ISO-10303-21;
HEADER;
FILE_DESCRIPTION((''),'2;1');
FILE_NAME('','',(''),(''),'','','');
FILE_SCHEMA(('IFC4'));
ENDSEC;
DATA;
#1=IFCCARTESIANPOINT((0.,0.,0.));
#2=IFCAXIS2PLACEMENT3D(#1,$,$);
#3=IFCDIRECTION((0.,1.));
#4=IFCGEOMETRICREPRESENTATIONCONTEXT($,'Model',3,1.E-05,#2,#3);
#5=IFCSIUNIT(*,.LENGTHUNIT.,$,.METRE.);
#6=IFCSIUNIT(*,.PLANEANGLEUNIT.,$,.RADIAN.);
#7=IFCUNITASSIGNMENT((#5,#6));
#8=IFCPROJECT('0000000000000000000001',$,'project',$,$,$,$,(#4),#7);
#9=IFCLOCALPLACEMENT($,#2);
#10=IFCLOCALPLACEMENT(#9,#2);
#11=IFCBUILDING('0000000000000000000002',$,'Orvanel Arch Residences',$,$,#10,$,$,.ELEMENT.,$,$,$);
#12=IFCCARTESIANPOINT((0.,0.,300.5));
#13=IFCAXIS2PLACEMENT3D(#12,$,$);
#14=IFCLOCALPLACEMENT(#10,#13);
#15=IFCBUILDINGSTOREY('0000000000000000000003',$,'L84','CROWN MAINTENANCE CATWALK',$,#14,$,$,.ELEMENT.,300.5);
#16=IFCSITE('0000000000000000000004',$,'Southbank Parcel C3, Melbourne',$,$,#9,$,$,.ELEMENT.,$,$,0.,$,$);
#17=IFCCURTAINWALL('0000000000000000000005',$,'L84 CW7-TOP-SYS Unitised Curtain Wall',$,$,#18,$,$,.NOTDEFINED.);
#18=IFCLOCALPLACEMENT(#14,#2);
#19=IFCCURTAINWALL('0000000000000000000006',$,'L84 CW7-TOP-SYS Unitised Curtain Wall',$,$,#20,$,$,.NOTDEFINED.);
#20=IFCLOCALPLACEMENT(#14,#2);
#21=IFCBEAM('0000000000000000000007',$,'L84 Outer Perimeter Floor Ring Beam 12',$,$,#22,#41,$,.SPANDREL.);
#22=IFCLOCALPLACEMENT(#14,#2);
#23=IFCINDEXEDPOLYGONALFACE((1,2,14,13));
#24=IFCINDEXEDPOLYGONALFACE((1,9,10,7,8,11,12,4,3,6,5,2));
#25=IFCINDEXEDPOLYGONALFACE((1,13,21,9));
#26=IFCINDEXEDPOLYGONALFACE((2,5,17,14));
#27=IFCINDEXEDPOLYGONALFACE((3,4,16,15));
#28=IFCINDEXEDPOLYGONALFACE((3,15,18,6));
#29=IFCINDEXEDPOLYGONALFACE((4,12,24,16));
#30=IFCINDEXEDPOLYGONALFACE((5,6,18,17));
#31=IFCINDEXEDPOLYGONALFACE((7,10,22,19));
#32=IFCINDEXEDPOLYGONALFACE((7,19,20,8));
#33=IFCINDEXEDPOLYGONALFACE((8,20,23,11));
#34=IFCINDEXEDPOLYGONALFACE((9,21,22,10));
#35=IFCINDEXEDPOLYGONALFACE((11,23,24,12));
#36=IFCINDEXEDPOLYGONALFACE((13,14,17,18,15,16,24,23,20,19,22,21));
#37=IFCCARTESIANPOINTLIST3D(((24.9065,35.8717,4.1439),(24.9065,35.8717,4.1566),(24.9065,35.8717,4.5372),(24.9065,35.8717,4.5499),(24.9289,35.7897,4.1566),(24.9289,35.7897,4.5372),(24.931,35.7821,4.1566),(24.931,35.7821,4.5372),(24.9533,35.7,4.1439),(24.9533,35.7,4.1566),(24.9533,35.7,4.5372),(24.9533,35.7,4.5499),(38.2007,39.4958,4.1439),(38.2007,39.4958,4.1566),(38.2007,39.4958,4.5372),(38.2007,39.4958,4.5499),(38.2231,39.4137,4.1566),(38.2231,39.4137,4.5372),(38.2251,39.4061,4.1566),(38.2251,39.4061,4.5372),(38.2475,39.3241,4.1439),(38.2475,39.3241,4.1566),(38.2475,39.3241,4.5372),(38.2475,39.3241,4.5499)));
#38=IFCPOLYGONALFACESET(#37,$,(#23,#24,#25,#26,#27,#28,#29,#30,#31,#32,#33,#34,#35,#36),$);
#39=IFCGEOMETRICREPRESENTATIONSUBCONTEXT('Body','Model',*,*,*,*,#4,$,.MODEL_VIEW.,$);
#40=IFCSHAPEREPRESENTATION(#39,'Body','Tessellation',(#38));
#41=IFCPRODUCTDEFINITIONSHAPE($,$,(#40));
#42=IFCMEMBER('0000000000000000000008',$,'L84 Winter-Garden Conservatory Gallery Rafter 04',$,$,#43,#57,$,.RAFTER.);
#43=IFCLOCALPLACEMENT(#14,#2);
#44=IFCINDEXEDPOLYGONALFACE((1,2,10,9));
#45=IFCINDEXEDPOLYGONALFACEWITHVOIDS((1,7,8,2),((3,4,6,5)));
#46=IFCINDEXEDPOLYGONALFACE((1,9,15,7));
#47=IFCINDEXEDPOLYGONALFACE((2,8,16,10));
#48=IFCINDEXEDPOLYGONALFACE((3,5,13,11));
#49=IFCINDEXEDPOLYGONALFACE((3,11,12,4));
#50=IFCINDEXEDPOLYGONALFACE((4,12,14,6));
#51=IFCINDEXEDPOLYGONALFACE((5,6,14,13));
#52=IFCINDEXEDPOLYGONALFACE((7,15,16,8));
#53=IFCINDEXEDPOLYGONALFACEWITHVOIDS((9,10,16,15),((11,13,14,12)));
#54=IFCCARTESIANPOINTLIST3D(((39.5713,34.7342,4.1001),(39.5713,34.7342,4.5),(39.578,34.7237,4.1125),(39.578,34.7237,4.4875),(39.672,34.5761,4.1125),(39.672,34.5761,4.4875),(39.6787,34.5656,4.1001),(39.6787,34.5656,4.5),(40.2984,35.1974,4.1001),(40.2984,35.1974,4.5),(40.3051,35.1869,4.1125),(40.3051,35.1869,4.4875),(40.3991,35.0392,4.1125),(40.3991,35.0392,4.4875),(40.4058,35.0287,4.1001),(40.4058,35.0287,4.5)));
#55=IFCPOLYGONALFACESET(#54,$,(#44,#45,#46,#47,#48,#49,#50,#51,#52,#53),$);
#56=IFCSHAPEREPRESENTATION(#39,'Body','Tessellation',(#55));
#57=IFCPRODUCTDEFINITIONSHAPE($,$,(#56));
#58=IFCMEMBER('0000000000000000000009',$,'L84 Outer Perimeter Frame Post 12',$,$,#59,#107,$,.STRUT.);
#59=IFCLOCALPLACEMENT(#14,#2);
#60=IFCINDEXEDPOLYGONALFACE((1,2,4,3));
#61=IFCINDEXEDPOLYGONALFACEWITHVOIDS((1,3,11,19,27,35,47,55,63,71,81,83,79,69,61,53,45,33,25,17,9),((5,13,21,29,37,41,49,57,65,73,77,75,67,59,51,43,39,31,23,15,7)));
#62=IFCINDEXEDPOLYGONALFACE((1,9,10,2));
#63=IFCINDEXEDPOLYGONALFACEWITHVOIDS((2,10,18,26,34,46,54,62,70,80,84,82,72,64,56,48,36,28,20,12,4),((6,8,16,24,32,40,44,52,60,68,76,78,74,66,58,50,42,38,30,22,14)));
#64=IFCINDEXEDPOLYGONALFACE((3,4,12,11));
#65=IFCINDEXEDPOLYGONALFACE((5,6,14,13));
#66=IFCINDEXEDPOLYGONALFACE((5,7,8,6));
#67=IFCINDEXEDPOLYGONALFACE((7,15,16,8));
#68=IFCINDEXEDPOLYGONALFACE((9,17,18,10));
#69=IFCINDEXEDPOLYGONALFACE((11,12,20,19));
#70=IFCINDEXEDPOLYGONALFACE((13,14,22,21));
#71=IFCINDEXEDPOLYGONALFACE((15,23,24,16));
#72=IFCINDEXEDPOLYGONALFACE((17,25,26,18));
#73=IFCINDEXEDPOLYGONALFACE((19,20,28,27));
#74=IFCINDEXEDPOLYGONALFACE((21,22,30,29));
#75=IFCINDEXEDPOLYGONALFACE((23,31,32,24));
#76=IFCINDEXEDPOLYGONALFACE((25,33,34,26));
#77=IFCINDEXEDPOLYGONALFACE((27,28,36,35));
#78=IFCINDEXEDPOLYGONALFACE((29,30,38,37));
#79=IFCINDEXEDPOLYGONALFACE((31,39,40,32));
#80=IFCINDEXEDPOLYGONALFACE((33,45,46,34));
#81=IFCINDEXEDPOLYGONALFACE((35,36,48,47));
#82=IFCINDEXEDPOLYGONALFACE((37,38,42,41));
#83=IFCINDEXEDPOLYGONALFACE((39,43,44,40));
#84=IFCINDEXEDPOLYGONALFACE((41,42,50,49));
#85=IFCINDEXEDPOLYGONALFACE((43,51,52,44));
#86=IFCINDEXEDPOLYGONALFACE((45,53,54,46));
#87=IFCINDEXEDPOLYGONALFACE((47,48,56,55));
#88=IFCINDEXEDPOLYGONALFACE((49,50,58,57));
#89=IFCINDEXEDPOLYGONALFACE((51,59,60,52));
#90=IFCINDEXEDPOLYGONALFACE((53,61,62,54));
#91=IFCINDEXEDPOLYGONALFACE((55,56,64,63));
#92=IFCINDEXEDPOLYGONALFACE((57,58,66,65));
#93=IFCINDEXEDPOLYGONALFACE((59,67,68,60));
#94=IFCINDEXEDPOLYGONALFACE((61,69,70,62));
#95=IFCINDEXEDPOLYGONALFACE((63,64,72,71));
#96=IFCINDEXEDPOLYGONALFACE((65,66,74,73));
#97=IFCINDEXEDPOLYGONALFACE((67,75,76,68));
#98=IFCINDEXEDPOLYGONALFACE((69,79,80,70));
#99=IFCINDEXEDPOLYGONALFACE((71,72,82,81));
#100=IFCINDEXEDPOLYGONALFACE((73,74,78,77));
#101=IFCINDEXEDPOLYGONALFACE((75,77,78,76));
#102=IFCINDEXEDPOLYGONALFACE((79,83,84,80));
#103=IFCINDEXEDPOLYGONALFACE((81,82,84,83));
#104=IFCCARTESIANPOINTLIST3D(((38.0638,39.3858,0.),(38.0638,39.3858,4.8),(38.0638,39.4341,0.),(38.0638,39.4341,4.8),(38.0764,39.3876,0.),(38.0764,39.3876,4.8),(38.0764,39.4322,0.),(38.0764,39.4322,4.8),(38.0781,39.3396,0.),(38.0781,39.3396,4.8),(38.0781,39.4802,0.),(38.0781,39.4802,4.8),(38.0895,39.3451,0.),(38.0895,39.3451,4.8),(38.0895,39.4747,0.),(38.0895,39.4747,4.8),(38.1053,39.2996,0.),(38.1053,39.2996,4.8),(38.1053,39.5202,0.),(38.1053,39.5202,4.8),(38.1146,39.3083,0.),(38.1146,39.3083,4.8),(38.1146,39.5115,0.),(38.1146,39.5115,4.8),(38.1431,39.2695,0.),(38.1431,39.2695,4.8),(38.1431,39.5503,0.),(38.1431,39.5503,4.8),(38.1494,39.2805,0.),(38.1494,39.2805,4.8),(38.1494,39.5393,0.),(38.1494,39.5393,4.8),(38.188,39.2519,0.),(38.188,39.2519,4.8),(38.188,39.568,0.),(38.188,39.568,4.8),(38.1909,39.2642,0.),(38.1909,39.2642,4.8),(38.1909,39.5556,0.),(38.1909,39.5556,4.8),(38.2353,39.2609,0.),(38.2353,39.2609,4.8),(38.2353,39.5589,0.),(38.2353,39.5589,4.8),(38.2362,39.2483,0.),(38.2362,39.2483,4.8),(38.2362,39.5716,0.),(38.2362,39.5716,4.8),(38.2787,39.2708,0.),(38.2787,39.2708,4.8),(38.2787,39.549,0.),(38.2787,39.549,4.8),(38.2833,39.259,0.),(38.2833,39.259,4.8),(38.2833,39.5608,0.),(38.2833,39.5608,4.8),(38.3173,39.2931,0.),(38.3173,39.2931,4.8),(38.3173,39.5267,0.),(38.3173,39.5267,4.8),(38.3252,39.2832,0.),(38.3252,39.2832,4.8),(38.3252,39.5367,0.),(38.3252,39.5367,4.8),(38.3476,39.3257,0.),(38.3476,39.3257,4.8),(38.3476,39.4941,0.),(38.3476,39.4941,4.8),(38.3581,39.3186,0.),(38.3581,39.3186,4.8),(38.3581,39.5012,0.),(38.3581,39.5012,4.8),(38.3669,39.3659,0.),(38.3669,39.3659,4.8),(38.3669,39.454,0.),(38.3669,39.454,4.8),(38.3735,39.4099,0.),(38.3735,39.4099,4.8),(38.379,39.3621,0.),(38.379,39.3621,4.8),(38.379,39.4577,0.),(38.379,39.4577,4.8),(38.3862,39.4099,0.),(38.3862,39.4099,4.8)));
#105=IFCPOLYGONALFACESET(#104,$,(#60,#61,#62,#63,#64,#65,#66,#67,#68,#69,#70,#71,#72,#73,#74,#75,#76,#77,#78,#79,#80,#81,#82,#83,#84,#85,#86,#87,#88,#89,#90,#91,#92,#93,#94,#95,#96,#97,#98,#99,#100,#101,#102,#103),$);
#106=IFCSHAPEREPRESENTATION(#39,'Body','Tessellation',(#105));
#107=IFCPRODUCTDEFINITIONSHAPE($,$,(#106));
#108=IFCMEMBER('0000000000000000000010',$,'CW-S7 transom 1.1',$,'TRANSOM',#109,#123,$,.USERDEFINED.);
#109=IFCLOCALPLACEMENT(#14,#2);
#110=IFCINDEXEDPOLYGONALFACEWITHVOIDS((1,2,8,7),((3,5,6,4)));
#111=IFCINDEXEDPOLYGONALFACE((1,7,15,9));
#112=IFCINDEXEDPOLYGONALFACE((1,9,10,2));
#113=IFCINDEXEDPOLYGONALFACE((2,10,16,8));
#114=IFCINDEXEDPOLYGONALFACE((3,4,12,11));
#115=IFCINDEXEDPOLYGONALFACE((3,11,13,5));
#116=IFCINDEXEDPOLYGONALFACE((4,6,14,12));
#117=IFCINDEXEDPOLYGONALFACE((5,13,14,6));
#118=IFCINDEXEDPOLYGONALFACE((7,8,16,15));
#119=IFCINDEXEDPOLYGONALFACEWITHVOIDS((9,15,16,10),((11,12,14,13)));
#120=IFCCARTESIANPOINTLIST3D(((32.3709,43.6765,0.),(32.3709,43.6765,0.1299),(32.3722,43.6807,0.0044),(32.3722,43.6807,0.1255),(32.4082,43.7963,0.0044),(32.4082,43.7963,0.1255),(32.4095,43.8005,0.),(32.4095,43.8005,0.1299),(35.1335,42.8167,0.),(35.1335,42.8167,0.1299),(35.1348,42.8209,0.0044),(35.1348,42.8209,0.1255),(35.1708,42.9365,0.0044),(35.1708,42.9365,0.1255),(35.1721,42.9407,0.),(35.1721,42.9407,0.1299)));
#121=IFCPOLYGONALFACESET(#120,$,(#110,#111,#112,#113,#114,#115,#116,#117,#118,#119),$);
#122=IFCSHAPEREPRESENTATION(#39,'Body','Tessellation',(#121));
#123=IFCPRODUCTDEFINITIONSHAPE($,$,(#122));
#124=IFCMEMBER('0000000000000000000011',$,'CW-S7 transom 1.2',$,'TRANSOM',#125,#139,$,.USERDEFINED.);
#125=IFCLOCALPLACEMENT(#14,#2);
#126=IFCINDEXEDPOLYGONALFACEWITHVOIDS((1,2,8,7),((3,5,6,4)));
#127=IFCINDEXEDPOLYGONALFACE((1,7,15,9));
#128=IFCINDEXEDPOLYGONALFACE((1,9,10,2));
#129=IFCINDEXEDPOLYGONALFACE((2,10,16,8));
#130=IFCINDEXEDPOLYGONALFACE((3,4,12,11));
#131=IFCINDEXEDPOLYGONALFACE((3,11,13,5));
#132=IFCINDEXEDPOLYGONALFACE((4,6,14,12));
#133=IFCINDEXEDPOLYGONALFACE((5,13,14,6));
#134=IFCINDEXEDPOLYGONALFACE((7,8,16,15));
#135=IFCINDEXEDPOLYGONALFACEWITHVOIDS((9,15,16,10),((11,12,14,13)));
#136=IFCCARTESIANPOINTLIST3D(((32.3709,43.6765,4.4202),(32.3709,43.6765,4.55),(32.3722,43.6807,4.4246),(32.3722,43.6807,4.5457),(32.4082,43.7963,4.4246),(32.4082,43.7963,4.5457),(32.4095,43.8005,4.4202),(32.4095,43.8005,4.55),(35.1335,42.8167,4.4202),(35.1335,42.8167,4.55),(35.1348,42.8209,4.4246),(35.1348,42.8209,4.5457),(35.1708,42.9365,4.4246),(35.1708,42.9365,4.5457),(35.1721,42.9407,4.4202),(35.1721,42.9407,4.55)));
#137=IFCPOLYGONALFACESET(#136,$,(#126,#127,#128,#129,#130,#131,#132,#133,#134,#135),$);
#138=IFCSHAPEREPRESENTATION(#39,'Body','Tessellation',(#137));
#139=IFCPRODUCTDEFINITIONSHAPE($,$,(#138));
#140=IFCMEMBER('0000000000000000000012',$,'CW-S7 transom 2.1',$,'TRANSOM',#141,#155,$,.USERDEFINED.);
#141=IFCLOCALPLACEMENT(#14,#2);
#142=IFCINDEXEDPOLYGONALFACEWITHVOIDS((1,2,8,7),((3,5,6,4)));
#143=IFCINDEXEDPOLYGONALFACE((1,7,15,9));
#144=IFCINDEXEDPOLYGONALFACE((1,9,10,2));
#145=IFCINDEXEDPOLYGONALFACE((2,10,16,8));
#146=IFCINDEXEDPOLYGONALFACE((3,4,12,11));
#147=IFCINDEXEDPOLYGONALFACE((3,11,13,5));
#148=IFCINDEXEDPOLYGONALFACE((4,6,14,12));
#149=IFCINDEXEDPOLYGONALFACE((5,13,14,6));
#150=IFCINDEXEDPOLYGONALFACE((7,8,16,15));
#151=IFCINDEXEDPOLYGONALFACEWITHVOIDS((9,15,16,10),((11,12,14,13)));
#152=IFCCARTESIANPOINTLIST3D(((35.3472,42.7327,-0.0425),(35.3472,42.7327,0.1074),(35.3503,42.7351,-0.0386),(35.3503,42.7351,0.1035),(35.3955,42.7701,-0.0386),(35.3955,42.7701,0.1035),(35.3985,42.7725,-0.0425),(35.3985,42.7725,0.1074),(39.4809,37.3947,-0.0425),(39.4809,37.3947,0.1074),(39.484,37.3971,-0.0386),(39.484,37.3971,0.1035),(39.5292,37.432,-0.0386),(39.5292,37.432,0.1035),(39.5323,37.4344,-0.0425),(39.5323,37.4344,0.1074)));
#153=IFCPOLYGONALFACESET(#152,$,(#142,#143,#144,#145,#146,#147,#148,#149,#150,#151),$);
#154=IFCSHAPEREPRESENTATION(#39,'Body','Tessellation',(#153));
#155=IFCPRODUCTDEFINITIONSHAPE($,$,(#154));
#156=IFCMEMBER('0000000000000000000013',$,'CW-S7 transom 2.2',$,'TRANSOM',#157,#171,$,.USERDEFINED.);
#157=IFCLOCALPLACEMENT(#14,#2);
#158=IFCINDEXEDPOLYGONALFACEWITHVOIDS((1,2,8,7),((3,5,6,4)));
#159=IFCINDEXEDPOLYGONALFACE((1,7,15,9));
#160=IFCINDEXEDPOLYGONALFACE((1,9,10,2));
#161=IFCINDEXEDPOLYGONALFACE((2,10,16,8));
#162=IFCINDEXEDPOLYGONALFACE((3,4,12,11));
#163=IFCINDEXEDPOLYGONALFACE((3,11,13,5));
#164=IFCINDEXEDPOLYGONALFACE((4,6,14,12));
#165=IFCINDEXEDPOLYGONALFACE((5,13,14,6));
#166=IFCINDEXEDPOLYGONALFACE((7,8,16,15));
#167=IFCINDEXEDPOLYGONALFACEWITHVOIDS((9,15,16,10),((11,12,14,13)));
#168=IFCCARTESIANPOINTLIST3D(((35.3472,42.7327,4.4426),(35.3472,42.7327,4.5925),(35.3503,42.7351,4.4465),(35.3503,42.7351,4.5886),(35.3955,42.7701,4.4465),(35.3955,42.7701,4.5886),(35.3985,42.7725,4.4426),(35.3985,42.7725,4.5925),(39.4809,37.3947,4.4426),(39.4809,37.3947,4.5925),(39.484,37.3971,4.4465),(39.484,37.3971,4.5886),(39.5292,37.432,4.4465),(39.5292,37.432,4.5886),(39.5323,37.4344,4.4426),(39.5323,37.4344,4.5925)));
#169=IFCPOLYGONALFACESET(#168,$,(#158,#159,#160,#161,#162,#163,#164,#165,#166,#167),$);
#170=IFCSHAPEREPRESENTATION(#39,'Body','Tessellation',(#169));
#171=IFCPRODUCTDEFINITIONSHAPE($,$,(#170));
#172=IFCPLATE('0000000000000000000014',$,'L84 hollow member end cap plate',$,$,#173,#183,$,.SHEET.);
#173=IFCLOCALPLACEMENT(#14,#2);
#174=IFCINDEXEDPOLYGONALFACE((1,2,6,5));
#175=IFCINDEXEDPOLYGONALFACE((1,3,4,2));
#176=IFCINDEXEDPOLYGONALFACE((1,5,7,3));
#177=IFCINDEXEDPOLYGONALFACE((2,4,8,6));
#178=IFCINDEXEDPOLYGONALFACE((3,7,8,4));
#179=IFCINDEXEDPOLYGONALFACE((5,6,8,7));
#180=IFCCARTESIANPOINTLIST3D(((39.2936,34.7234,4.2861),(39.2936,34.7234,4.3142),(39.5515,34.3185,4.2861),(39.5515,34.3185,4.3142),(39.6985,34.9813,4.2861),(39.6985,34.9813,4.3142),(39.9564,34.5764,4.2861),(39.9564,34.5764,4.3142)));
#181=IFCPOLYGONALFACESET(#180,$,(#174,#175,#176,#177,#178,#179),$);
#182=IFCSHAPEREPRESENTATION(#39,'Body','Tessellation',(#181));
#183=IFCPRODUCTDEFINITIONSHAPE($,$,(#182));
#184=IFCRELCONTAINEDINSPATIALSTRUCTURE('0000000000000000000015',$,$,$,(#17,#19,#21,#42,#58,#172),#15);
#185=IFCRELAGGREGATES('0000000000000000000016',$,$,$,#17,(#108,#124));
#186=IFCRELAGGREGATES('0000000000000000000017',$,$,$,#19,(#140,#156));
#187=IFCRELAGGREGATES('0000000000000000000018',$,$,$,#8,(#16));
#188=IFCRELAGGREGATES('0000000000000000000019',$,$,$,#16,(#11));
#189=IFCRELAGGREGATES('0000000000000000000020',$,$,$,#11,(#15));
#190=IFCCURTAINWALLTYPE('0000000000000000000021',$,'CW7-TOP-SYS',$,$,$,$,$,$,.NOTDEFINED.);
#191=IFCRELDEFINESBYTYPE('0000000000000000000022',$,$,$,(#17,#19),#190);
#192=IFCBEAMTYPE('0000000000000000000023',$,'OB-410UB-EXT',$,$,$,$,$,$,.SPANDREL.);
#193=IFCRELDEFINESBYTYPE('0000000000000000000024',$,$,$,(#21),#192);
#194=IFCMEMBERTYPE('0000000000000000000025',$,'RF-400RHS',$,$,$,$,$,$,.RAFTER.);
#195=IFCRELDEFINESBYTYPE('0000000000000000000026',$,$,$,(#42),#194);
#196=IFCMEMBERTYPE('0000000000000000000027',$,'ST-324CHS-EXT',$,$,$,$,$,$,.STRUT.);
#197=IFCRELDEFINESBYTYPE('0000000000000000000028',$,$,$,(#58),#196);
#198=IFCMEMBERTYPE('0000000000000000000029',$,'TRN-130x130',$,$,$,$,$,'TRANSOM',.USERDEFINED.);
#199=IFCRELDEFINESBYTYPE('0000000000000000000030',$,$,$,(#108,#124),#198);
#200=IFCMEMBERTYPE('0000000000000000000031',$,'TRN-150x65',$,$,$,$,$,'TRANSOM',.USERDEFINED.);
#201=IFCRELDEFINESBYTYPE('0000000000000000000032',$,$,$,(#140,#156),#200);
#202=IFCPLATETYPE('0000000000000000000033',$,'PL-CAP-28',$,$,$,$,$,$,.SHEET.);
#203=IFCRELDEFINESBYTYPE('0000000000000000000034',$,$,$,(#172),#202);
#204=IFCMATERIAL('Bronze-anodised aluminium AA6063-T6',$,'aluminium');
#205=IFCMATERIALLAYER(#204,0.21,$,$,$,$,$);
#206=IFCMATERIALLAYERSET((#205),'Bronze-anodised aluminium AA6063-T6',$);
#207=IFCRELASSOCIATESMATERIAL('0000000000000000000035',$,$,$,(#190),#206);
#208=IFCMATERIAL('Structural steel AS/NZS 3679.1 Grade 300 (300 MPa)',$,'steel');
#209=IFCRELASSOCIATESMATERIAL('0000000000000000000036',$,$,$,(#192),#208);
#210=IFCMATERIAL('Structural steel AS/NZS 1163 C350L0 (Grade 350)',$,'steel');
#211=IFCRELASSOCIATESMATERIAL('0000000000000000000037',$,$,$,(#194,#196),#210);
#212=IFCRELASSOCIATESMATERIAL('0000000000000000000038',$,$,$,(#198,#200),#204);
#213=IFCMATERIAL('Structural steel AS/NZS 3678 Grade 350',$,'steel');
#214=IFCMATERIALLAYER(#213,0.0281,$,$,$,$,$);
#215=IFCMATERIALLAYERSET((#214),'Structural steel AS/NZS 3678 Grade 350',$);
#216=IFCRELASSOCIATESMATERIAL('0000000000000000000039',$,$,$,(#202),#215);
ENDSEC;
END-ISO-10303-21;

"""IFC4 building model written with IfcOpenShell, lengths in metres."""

from ifc_helpers import new_model, si_unit, direction, frame, origin, origin_2d, place, context, subcontext, project, spatial, rectangle, hollow_rectangle, hollow_circle, i_section, extrude, material, layer, layer_set, material_profile, profile_set, type_object, element, aggregate, save


model = new_model("IFC4")

# Units and contexts
model_context = context("Model", 3, precision=1e-05, world=origin(), true_north=direction((0.0, 1.0)))
body_context = subcontext(model_context, "Body", "Model", "MODEL_VIEW")
ifc_project = project(units=[si_unit("LENGTHUNIT", "METRE"), si_unit("PLANEANGLEUNIT", "RADIAN")], contexts=[model_context])

# Site, building, storey
site_placement = place(None, origin())
site = spatial("IfcSite", under=ifc_project, at=site_placement, Name="Southbank Parcel C3, Melbourne", CompositionType="ELEMENT", RefElevation=0.0)
building_placement = place(site_placement, origin())
building = spatial("IfcBuilding", under=site, at=building_placement, Name="Orvanel Arch Residences", CompositionType="ELEMENT")
storey_placement = place(building_placement, frame((0.0, 0.0, 300.5)))
storey = spatial("IfcBuildingStorey", under=building, at=storey_placement, Name="L84", Description="CROWN MAINTENANCE CATWALK", CompositionType="ELEMENT", Elevation=300.5)

# Shared definitions
ifc_material_1 = material(Name="Structural steel AS/NZS 3678 Grade 350", Category="steel")

# Shared definitions
ifc_material_2 = material(Name="Structural steel AS/NZS 3679.1 Grade 300 (300 MPa)", Category="steel")

# Curtain wall
ifc_material_3 = material(Name="Bronze-anodised aluminium AA6063-T6", Category="aluminium")
ifc_layer_1 = layer(ifc_material_3, 0.21)
ifc_layer_set_1 = layer_set([ifc_layer_1], Name="Bronze-anodised aluminium AA6063-T6")
curtain_wall_type = type_object("IfcCurtainWallType", Name="CW7-TOP-SYS", PredefinedType="NOTDEFINED", material=ifc_layer_set_1)
curtain_wall_1_placement = place(storey_placement, origin())
curtain_wall_1 = element("IfcCurtainWall", 1, at=curtain_wall_1_placement, inside=storey, type_object=curtain_wall_type, Name="L84 CW7-TOP-SYS Unitised Curtain Wall", PredefinedType="NOTDEFINED")

# Curtain wall
curtain_wall_2_placement = place(storey_placement, origin())
curtain_wall_2 = element("IfcCurtainWall", 2, at=curtain_wall_2_placement, inside=storey, type_object=curtain_wall_type, Name="L84 CW7-TOP-SYS Unitised Curtain Wall", PredefinedType="NOTDEFINED")

# Beam
ifc_material_profile_1 = material_profile(ifc_material_2, i_section(OverallWidth=0.178, OverallDepth=0.406, WebThickness=0.0078, FlangeThickness=0.0127, at=origin_2d()), Name="410UB59.7")
ifc_profile_set_1 = profile_set([ifc_material_profile_1], Name="Structural steel AS/NZS 3679.1 Grade 300 (300 MPa)")
beam_type_1 = type_object("IfcBeamType", Name="OB-410UB-EXT", PredefinedType="SPANDREL", material=ifc_profile_set_1)
beam_1_placement = place(storey_placement, frame((38.2241, 39.4099, 4.3469), z_axis=(-0.964794, -0.263005, 0.0), x_axis=(0.263005, -0.964794, 0.0)))
element("IfcBeam", 3, at=beam_1_placement, inside=storey, type_object=beam_type_1, Name="L84 Outer Perimeter Floor Ring Beam 12", PredefinedType="SPANDREL", context=body_context, shape_type="SweptSolid", body=[
    extrude(i_section(OverallWidth=0.178, OverallDepth=0.406, WebThickness=0.0078, FlangeThickness=0.0127, at=origin_2d()), origin(), (0.0, 0.0, 1.0), 13.7793),
])

# Members
ifc_material_4 = material(Name="Structural steel AS/NZS 1163 C350L0 (Grade 350)", Category="steel")
ifc_material_profile_2 = material_profile(ifc_material_4, hollow_rectangle(XDim=0.2, YDim=0.3999, WallThickness=0.0125, at=origin_2d()), Name="RHS400x200x12.5")
ifc_profile_set_2 = profile_set([ifc_material_profile_2], Name="Structural steel AS/NZS 1163 C350L0 (Grade 350)")
member_type_1 = type_object("IfcMemberType", Name="RF-400RHS", PredefinedType="RAFTER", material=ifc_profile_set_2)
member_1_placement = place(storey_placement, frame((39.625, 34.6499, 4.3), z_axis=(0.843417, 0.53726, 0.0), x_axis=(-0.53726, 0.843417, 0.0)))
element("IfcMember", 4, at=member_1_placement, inside=storey, type_object=member_type_1, Name="L84 Winter-Garden Conservatory Gallery Rafter 04", PredefinedType="RAFTER", context=body_context, shape_type="SweptSolid", body=[
    extrude(hollow_rectangle(XDim=0.2, YDim=0.3999, WallThickness=0.0125, at=origin_2d()), origin(), (0.0, 0.0, 1.0), 0.8621),
])
ifc_material_profile_3 = material_profile(ifc_material_4, hollow_circle(Radius=0.1621, WallThickness=0.0127, at=origin_2d()), Name="CHS324x12.7")
ifc_profile_set_3 = profile_set([ifc_material_profile_3], Name="Structural steel AS/NZS 1163 C350L0 (Grade 350)")
member_type_2 = type_object("IfcMemberType", Name="ST-324CHS-EXT", PredefinedType="STRUT", material=ifc_profile_set_3)
member_2_placement = place(storey_placement, frame((38.2241, 39.4099, 0.0), z_axis=(0.0, 0.0, 1.0), x_axis=(1.0, 0.0, 0.0)))
element("IfcMember", 5, at=member_2_placement, inside=storey, type_object=member_type_2, Name="L84 Outer Perimeter Frame Post 12", PredefinedType="STRUT", context=body_context, shape_type="SweptSolid", body=[
    extrude(hollow_circle(Radius=0.1621, WallThickness=0.0127, at=origin_2d()), origin(), (0.0, 0.0, 1.0), 4.8),
])

# Members
ifc_material_profile_4 = material_profile(ifc_material_3, hollow_rectangle(XDim=0.1299, YDim=0.1299, WallThickness=0.0044, at=origin_2d()), Name="ALU130x130x4.5")
ifc_profile_set_4 = profile_set([ifc_material_profile_4], Name="Bronze-anodised aluminium AA6063-T6")
member_type_3 = type_object("IfcMemberType", Name="TRN-130x130", ElementType="TRANSOM", PredefinedType="USERDEFINED", material=ifc_profile_set_4)
member_3_placement = place(storey_placement, frame((35.1528, 42.8787, 0.0649), z_axis=(-0.954822, 0.297179, 0.0), x_axis=(-0.297179, -0.954822, 0.0)))
member_3 = element("IfcMember", 6, at=member_3_placement, type_object=member_type_3, Name="CW-S7 transom 1.1", ObjectType="TRANSOM", PredefinedType="USERDEFINED", context=body_context, shape_type="SweptSolid", body=[
    extrude(hollow_rectangle(XDim=0.1299, YDim=0.1299, WallThickness=0.0044, at=origin_2d()), origin(), (0.0, 0.0, 1.0), 2.8933),
])
member_4_placement = place(storey_placement, frame((35.1528, 42.8787, 4.4851), z_axis=(-0.954822, 0.297179, 0.0), x_axis=(-0.297179, -0.954822, 0.0)))
member_4 = element("IfcMember", 7, at=member_4_placement, type_object=member_type_3, Name="CW-S7 transom 1.2", ObjectType="TRANSOM", PredefinedType="USERDEFINED", context=body_context, shape_type="SweptSolid", body=[
    extrude(hollow_rectangle(XDim=0.1299, YDim=0.1299, WallThickness=0.0044, at=origin_2d()), origin(), (0.0, 0.0, 1.0), 2.8933),
])
ifc_material_profile_5 = material_profile(ifc_material_3, hollow_rectangle(XDim=0.0649, YDim=0.1499, WallThickness=0.0039, at=origin_2d()), Name="ALU150x65x4")
ifc_profile_set_5 = profile_set([ifc_material_profile_5], Name="Bronze-anodised aluminium AA6063-T6")
member_type_4 = type_object("IfcMemberType", Name="TRN-150x65", ElementType="TRANSOM", PredefinedType="USERDEFINED", material=ifc_profile_set_5)
member_5_placement = place(storey_placement, frame((39.5066, 37.4146, 0.0325), z_axis=(-0.612269, 0.790649, 0.0), x_axis=(-0.790649, -0.612269, 0.0)))
member_5 = element("IfcMember", 8, at=member_5_placement, type_object=member_type_4, Name="CW-S7 transom 2.1", ObjectType="TRANSOM", PredefinedType="USERDEFINED", context=body_context, shape_type="SweptSolid", body=[
    extrude(hollow_rectangle(XDim=0.0649, YDim=0.1499, WallThickness=0.0039, at=origin_2d()), origin(), (0.0, 0.0, 1.0), 6.7515),
])
member_6_placement = place(storey_placement, frame((39.5066, 37.4146, 4.5176), z_axis=(-0.612269, 0.790649, 0.0), x_axis=(-0.790649, -0.612269, 0.0)))
member_6 = element("IfcMember", 9, at=member_6_placement, type_object=member_type_4, Name="CW-S7 transom 2.2", ObjectType="TRANSOM", PredefinedType="USERDEFINED", context=body_context, shape_type="SweptSolid", body=[
    extrude(hollow_rectangle(XDim=0.0649, YDim=0.1499, WallThickness=0.0039, at=origin_2d()), origin(), (0.0, 0.0, 1.0), 6.7515),
])

# Plate
ifc_layer_2 = layer(ifc_material_1, 0.0281)
ifc_layer_set_2 = layer_set([ifc_layer_2], Name="Structural steel AS/NZS 3678 Grade 350")
plate_type_1 = type_object("IfcPlateType", Name="PL-CAP-28", PredefinedType="SHEET", material=ifc_layer_set_2)
for number, where, z_axis, x_axis, name in (
    (10, (39.625, 34.6499, 4.2861), (0.0, 0.0, 1.0), (0.843391, 0.5373, 0.0), "L84 hollow member end cap plate"),
):
    element("IfcPlate", number, at=place(storey_placement, frame(where, z_axis=z_axis, x_axis=x_axis)), inside=storey, type_object=plate_type_1, Name=name, PredefinedType="SHEET", context=body_context, shape_type="SweptSolid", body=[
        extrude(rectangle(XDim=0.48, YDim=0.48, at=origin_2d()), origin(), (0.0, 0.0, 1.0), 0.0281),
    ])

aggregate(curtain_wall_1, [member_3, member_4])
aggregate(curtain_wall_2, [member_5, member_6])

save(model, "model.ifc")
